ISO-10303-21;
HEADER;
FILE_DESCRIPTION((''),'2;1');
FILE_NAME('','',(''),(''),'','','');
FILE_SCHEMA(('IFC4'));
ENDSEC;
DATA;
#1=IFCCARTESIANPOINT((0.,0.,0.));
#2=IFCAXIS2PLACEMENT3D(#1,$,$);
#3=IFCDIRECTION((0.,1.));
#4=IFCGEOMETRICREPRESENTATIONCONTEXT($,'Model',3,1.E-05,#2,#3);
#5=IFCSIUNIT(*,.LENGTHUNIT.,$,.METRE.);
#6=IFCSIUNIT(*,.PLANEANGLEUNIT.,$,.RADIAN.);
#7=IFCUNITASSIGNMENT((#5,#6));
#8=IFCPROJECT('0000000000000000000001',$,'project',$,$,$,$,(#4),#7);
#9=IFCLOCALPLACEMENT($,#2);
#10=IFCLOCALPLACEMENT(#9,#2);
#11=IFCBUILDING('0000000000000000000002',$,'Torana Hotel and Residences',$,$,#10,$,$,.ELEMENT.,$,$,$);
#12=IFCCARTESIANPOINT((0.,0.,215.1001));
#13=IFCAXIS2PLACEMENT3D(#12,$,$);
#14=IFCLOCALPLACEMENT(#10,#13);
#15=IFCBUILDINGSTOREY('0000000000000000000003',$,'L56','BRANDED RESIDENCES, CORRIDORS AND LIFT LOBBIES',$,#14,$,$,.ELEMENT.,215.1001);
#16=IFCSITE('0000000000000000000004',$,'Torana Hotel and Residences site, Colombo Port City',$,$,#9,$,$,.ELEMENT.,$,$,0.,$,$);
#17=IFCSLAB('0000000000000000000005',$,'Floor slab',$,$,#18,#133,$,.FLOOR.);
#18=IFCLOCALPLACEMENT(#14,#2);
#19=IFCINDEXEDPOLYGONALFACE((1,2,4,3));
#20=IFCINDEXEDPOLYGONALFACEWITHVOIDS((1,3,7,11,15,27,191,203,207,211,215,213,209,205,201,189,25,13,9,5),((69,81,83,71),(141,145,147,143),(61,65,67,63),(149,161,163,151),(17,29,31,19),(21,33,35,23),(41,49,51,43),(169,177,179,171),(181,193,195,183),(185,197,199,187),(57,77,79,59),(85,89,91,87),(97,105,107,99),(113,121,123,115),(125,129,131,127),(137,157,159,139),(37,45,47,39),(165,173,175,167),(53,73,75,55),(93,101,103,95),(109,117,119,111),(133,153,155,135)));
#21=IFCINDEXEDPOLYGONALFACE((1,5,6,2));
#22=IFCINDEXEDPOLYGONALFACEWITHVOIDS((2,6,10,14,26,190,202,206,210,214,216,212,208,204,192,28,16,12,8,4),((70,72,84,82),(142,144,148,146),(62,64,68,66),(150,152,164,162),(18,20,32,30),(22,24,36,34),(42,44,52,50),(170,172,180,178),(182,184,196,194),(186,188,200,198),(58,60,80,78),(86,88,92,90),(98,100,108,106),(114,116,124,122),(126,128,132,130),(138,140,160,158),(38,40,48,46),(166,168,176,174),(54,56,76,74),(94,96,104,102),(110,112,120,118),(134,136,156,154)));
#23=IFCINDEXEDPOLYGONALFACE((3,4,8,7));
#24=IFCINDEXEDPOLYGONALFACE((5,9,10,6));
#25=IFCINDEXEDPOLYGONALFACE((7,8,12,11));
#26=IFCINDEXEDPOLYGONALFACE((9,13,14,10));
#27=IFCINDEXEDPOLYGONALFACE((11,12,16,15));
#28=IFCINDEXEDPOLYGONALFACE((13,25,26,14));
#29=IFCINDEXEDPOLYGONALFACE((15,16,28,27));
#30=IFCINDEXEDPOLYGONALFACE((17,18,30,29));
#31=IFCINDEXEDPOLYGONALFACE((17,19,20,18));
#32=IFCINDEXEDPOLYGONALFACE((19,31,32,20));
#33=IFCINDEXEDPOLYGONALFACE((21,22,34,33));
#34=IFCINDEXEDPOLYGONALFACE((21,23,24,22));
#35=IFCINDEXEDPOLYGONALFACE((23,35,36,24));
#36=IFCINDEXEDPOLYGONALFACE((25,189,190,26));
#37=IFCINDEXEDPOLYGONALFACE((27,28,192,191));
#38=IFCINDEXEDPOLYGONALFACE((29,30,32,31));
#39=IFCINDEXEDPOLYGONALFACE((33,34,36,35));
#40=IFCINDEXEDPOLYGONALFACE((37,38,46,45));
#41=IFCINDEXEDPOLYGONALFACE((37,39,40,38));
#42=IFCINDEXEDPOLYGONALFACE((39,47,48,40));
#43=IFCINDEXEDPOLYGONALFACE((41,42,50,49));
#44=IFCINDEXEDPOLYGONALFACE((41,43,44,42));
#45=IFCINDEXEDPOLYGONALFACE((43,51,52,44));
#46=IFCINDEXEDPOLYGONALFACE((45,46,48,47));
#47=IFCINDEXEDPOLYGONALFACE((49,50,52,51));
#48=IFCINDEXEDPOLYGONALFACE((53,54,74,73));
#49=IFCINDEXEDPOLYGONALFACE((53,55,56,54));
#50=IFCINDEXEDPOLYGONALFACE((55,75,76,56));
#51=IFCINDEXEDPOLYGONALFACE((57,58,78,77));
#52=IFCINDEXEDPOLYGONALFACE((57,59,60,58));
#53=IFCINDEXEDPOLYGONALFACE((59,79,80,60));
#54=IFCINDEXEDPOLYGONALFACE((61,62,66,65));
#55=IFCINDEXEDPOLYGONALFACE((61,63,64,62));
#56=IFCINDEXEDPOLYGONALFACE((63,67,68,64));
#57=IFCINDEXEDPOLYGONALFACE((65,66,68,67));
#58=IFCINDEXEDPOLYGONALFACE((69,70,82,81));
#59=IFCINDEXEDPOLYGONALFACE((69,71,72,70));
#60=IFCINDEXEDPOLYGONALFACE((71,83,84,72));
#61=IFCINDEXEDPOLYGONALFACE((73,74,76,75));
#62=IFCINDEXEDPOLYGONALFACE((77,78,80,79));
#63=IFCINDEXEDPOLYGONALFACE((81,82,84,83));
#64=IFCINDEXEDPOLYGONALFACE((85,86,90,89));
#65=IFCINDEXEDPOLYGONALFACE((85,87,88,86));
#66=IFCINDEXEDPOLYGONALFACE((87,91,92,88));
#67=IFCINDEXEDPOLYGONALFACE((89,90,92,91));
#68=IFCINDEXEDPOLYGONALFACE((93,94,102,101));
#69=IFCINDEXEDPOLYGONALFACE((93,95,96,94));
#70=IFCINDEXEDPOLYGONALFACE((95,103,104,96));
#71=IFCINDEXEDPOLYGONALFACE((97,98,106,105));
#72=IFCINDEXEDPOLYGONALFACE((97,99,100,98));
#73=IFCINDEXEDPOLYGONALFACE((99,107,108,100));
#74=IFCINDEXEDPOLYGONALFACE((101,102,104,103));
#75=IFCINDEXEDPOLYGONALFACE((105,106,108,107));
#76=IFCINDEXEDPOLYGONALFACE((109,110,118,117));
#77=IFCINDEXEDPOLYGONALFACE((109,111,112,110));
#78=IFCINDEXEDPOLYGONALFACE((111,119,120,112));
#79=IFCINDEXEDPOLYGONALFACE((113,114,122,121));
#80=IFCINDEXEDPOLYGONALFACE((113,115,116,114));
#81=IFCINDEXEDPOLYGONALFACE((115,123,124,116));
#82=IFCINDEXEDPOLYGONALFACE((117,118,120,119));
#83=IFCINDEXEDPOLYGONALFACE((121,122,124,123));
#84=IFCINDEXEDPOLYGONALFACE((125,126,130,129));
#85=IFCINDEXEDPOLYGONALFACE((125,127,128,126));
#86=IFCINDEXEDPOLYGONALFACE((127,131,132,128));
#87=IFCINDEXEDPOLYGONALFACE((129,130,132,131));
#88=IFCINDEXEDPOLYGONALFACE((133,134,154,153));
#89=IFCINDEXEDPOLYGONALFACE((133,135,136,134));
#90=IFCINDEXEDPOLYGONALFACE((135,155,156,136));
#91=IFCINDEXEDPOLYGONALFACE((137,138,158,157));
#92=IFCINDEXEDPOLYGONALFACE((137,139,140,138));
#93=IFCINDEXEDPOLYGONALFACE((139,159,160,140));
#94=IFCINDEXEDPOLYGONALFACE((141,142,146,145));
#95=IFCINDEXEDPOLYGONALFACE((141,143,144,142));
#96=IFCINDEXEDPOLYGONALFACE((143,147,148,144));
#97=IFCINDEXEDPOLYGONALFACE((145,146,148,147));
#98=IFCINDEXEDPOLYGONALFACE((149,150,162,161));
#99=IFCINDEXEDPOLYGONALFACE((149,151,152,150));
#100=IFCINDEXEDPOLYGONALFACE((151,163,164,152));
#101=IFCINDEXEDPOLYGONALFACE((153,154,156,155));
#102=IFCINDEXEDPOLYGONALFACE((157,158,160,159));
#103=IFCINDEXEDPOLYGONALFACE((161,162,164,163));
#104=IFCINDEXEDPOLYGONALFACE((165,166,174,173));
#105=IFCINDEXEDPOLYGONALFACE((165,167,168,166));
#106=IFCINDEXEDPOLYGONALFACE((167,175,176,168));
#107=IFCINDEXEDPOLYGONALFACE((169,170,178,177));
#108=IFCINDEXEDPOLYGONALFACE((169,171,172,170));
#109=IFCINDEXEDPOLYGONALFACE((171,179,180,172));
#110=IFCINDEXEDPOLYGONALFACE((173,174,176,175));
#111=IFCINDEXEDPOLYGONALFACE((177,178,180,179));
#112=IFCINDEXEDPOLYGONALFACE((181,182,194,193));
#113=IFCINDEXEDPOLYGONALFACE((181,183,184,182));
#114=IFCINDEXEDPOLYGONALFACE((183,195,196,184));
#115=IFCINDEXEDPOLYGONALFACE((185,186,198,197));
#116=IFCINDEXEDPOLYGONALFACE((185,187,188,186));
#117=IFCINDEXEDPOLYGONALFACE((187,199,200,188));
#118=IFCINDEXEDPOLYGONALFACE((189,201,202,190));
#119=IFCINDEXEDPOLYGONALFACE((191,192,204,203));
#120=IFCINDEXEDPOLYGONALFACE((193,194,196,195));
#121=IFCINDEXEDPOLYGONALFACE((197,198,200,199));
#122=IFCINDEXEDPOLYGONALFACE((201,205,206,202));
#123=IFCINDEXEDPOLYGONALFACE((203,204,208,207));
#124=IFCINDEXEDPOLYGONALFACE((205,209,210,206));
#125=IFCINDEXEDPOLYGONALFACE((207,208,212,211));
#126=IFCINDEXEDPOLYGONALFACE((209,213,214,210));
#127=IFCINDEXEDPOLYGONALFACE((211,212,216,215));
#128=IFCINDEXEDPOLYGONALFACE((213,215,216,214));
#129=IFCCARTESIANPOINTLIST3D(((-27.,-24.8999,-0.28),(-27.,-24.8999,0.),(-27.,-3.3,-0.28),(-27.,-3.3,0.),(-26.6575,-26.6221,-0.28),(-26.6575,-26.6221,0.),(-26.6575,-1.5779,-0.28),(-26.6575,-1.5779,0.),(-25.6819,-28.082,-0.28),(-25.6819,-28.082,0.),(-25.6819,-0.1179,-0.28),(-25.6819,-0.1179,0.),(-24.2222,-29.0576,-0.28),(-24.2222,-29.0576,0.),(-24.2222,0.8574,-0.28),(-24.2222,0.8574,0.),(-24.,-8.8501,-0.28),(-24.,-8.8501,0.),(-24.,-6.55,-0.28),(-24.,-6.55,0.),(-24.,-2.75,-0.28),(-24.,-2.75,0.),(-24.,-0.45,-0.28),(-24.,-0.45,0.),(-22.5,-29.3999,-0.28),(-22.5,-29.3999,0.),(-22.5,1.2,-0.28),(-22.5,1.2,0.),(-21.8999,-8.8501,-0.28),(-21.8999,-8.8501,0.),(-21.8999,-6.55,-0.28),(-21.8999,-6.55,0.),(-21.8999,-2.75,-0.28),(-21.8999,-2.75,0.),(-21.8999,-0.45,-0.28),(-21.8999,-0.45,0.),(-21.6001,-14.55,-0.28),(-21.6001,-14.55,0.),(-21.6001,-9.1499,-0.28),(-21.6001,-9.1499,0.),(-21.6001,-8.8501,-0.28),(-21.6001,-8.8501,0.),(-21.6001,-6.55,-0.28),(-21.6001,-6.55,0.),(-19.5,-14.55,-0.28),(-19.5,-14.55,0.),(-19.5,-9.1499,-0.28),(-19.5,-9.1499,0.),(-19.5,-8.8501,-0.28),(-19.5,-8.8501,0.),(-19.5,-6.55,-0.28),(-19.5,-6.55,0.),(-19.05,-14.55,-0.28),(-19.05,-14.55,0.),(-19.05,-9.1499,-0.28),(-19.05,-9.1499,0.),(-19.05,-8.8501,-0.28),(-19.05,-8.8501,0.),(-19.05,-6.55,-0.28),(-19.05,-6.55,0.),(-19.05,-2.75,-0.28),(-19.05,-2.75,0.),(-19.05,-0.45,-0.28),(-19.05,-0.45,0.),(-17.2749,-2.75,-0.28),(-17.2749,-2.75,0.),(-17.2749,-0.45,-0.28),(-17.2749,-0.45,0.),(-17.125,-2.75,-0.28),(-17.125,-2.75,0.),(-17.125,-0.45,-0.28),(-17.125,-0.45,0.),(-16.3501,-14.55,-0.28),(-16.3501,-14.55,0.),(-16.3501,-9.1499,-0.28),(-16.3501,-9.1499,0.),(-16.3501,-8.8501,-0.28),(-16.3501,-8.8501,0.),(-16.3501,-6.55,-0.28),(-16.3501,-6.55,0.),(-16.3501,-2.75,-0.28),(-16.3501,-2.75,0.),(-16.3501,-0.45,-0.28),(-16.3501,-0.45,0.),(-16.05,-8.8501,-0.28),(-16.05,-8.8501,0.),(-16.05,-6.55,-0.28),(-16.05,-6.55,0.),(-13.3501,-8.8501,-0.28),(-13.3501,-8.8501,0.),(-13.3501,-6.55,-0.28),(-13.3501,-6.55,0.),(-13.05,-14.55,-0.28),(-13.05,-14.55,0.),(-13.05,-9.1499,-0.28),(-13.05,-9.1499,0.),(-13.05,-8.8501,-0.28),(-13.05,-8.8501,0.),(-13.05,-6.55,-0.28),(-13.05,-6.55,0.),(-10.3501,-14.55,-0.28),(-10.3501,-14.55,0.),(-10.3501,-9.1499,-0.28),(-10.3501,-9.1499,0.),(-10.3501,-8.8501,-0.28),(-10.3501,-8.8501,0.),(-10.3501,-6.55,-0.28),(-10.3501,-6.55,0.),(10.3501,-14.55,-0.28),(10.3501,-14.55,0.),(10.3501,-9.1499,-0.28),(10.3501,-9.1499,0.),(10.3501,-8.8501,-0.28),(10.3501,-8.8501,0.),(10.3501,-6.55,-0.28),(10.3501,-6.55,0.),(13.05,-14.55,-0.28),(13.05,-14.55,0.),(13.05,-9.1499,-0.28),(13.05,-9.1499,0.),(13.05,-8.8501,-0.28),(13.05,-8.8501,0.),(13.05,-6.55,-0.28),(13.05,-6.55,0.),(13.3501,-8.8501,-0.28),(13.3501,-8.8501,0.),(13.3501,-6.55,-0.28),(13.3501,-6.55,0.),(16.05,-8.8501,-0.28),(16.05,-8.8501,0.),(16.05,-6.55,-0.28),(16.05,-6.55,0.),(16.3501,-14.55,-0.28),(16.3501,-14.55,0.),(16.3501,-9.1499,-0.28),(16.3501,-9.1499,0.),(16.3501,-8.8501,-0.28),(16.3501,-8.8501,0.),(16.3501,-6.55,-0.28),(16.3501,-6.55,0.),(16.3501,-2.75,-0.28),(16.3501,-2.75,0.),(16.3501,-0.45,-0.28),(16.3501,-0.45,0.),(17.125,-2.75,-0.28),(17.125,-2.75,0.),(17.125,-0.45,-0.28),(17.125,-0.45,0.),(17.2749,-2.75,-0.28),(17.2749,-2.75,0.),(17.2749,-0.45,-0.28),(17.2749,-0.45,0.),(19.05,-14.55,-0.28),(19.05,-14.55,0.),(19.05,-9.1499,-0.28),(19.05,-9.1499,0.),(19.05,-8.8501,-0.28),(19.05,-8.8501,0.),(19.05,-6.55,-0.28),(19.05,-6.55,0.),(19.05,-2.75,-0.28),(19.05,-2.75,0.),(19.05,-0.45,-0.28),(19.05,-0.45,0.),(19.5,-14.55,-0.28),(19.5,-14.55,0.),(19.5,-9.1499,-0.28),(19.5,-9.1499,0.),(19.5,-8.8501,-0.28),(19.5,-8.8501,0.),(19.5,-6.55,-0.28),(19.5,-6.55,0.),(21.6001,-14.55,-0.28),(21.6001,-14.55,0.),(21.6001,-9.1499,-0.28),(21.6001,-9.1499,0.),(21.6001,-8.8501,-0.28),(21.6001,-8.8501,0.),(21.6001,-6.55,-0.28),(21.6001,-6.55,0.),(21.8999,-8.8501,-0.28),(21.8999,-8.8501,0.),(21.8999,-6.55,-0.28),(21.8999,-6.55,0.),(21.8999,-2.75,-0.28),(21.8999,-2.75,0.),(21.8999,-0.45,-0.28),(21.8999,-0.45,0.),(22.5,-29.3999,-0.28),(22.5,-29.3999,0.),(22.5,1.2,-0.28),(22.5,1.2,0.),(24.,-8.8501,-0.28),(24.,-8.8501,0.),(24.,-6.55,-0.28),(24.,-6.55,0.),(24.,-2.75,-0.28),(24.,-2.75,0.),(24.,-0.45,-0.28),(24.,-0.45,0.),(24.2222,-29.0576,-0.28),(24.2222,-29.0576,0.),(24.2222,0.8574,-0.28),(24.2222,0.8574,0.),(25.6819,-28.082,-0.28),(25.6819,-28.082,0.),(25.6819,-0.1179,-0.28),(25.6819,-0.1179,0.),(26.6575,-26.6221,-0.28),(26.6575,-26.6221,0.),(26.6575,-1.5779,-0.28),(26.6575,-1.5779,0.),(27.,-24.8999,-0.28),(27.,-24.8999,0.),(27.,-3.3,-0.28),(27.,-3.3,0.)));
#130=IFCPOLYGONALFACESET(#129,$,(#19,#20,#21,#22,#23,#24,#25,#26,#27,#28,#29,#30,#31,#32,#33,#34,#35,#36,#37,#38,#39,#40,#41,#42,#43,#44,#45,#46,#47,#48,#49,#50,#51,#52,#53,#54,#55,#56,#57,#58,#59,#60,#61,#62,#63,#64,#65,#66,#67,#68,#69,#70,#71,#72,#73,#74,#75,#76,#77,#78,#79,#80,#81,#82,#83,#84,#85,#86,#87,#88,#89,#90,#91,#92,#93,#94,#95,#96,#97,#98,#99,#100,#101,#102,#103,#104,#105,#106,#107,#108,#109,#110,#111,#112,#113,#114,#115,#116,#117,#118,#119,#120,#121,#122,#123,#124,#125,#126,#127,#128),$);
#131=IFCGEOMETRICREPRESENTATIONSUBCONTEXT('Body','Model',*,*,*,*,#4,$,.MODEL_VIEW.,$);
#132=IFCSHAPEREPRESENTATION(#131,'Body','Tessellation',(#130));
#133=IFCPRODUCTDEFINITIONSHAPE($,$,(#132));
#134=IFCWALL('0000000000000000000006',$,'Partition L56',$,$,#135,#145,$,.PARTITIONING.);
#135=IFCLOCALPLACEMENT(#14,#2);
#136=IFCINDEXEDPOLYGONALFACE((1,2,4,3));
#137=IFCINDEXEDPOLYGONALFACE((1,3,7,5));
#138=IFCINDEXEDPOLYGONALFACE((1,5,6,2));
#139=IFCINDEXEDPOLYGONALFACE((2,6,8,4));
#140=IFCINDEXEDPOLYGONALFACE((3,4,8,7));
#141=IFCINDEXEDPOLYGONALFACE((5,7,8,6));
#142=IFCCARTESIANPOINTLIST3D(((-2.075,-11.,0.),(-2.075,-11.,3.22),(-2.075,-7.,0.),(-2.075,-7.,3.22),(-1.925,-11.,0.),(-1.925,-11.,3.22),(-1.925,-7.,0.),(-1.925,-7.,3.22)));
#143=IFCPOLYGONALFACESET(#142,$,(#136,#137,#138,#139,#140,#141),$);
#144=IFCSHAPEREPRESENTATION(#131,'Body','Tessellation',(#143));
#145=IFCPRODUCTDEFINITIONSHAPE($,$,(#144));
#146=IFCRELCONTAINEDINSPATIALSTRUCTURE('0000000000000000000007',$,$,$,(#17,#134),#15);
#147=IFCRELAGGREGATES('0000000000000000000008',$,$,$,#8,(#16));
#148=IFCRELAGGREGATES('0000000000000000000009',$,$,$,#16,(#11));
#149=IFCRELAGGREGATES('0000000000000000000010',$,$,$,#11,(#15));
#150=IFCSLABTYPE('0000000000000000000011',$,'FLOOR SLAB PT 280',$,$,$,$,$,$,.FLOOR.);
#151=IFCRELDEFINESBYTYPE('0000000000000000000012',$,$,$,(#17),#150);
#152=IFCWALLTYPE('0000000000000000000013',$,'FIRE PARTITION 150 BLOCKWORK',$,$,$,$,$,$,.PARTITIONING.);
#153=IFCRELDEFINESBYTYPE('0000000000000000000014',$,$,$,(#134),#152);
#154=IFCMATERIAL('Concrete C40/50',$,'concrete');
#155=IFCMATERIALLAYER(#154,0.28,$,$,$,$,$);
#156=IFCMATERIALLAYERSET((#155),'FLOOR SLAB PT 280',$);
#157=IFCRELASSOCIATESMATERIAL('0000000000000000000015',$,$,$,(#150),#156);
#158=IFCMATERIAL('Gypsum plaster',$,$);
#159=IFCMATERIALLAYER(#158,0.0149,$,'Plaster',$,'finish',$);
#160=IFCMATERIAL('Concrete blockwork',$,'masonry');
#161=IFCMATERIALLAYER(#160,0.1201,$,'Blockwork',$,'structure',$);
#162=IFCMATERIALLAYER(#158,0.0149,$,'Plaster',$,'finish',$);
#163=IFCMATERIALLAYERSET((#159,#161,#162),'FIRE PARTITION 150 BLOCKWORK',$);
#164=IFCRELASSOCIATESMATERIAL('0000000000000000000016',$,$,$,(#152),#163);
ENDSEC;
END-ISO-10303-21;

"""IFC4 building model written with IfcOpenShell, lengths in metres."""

from ifc_helpers import new_model, si_unit, direction, frame, frame_2d, origin, place, context, subcontext, project, spatial, polyline, rectangle, outline, extrude, material, layer, layer_set, type_object, element, save


model = new_model("IFC4")

# Units and contexts
model_context = context("Model", 3, precision=1e-05, world=origin(), true_north=direction((0.0, 1.0)))
body_context = subcontext(model_context, "Body", "Model", "MODEL_VIEW")
ifc_project = project(units=[si_unit("LENGTHUNIT", "METRE"), si_unit("PLANEANGLEUNIT", "RADIAN")], contexts=[model_context])

# Site, building, storey
site_placement = place(None, origin())
site = spatial("IfcSite", under=ifc_project, at=site_placement, Name="Torana Hotel and Residences site, Colombo Port City", CompositionType="ELEMENT", RefElevation=0.0)
building_placement = place(site_placement, origin())
building = spatial("IfcBuilding", under=site, at=building_placement, Name="Torana Hotel and Residences", CompositionType="ELEMENT")
storey_placement = place(building_placement, frame((0.0, 0.0, 215.1001)))
storey = spatial("IfcBuildingStorey", under=building, at=storey_placement, Name="L56", Description="BRANDED RESIDENCES, CORRIDORS AND LIFT LOBBIES", CompositionType="ELEMENT", Elevation=215.1001)

# Slab
ifc_material_1 = material(Name="Concrete C40/50", Category="concrete")
ifc_layer_1 = layer(ifc_material_1, 0.28)
ifc_layer_set_1 = layer_set([ifc_layer_1], Name="FLOOR SLAB PT 280")
slab_type_1 = type_object("IfcSlabType", Name="FLOOR SLAB PT 280", PredefinedType="FLOOR", material=ifc_layer_set_1)
slab_1_placement = place(storey_placement, frame((0.0, 0.0, -0.28)))
element("IfcSlab", 1, at=slab_1_placement, inside=storey, type_object=slab_type_1, Name="Floor slab", PredefinedType="FLOOR", context=body_context, shape_type="SweptSolid", body=[
    extrude(outline(polyline([(27.0, -3.3), (26.6575, -1.5779), (25.6819, -0.1179), (24.2222, 0.8574), (22.5, 1.2), (-22.5, 1.2), (-24.2222, 0.8574), (-25.6819, -0.1179), (-26.6575, -1.5779), (-27.0, -3.3), (-27.0, -24.8999), (-26.6575, -26.6221), (-25.6819, -28.082), (-24.2222, -29.0576), (-22.5, -29.3999), (22.5, -29.3999), (24.2222, -29.0576), (25.6819, -28.082), (26.6575, -26.6221), (27.0, -24.8999), (27.0, -3.3)]), holes=[polyline([(-13.05, -14.55), (-10.3501, -14.55), (-10.3501, -9.1499), (-13.05, -9.1499), (-13.05, -14.55)]), polyline([(-19.05, -14.55), (-16.3501, -14.55), (-16.3501, -9.1499), (-19.05, -9.1499), (-19.05, -14.55)]), polyline([(-17.125, -2.75), (-16.3501, -2.75), (-16.3501, -0.45), (-17.125, -0.45), (-17.125, -2.75)]), polyline([(-19.05, -2.75), (-17.2749, -2.75), (-17.2749, -0.45), (-19.05, -0.45), (-19.05, -2.75)]), polyline([(-21.6001, -8.8501), (-19.5, -8.8501), (-19.5, -6.55), (-21.6001, -6.55), (-21.6001, -8.8501)]), polyline([(-24.0, -2.75), (-21.8999, -2.75), (-21.8999, -0.45), (-24.0, -0.45), (-24.0, -2.75)]), polyline([(-24.0, -8.8501), (-21.8999, -8.8501), (-21.8999, -6.55), (-24.0, -6.55), (-24.0, -8.8501)]), polyline([(-13.05, -8.8501), (-10.3501, -8.8501), (-10.3501, -6.55), (-13.05, -6.55), (-13.05, -8.8501)]), polyline([(-16.05, -8.8501), (-13.3501, -8.8501), (-13.3501, -6.55), (-16.05, -6.55), (-16.05, -8.8501)]), polyline([(-19.05, -8.8501), (-16.3501, -8.8501), (-16.3501, -6.55), (-19.05, -6.55), (-19.05, -8.8501)]), polyline([(-21.6001, -14.55), (-19.5, -14.55), (-19.5, -9.1499), (-21.6001, -9.1499), (-21.6001, -14.55)]), polyline([(10.3501, -14.55), (13.05, -14.55), (13.05, -9.1499), (10.3501, -9.1499), (10.3501, -14.55)]), polyline([(16.3501, -14.55), (19.05, -14.55), (19.05, -9.1499), (16.3501, -9.1499), (16.3501, -14.55)]), polyline([(16.3501, -2.75), (17.125, -2.75), (17.125, -0.45), (16.3501, -0.45), (16.3501, -2.75)]), polyline([(17.2749, -2.75), (19.05, -2.75), (19.05, -0.45), (17.2749, -0.45), (17.2749, -2.75)]), polyline([(19.5, -8.8501), (21.6001, -8.8501), (21.6001, -6.55), (19.5, -6.55), (19.5, -8.8501)]), polyline([(21.8999, -2.75), (24.0, -2.75), (24.0, -0.45), (21.8999, -0.45), (21.8999, -2.75)]), polyline([(21.8999, -8.8501), (24.0, -8.8501), (24.0, -6.55), (21.8999, -6.55), (21.8999, -8.8501)]), polyline([(10.3501, -8.8501), (13.05, -8.8501), (13.05, -6.55), (10.3501, -6.55), (10.3501, -8.8501)]), polyline([(13.3501, -8.8501), (16.05, -8.8501), (16.05, -6.55), (13.3501, -6.55), (13.3501, -8.8501)]), polyline([(16.3501, -8.8501), (19.05, -8.8501), (19.05, -6.55), (16.3501, -6.55), (16.3501, -8.8501)]), polyline([(19.5, -14.55), (21.6001, -14.55), (21.6001, -9.1499), (19.5, -9.1499), (19.5, -14.55)])]), origin(), (0.0, 0.0, 1.0), 0.28),
])

# Wall
ifc_material_2 = material(Name="Gypsum plaster")
ifc_layer_2 = layer(ifc_material_2, 0.0149, Name="Plaster", Category="finish")
ifc_material_3 = material(Name="Concrete blockwork", Category="masonry")
ifc_layer_3 = layer(ifc_material_3, 0.1201, Name="Blockwork", Category="structure")
ifc_layer_4 = layer(ifc_material_2, 0.0149, Name="Plaster", Category="finish")
ifc_layer_set_2 = layer_set([ifc_layer_2, ifc_layer_3, ifc_layer_4], Name="FIRE PARTITION 150 BLOCKWORK")
wall_type_1 = type_object("IfcWallType", Name="FIRE PARTITION 150 BLOCKWORK", PredefinedType="PARTITIONING", material=ifc_layer_set_2)
wall_1_placement = place(storey_placement, frame((-2.0, -11.0, 0.0), z_axis=(0.0, 0.0, 1.0), x_axis=(0.0, 1.0, 0.0)))
element("IfcWall", 2, at=wall_1_placement, inside=storey, type_object=wall_type_1, Name="Partition L56", PredefinedType="PARTITIONING", context=body_context, shape_type="SweptSolid", body=[
    extrude(rectangle(XDim=4.0, YDim=0.1499, at=frame_2d((2.0, 0.0))), origin(), (0.0, 0.0, 1.0), 3.22),
])

save(model, "model.ifc")
